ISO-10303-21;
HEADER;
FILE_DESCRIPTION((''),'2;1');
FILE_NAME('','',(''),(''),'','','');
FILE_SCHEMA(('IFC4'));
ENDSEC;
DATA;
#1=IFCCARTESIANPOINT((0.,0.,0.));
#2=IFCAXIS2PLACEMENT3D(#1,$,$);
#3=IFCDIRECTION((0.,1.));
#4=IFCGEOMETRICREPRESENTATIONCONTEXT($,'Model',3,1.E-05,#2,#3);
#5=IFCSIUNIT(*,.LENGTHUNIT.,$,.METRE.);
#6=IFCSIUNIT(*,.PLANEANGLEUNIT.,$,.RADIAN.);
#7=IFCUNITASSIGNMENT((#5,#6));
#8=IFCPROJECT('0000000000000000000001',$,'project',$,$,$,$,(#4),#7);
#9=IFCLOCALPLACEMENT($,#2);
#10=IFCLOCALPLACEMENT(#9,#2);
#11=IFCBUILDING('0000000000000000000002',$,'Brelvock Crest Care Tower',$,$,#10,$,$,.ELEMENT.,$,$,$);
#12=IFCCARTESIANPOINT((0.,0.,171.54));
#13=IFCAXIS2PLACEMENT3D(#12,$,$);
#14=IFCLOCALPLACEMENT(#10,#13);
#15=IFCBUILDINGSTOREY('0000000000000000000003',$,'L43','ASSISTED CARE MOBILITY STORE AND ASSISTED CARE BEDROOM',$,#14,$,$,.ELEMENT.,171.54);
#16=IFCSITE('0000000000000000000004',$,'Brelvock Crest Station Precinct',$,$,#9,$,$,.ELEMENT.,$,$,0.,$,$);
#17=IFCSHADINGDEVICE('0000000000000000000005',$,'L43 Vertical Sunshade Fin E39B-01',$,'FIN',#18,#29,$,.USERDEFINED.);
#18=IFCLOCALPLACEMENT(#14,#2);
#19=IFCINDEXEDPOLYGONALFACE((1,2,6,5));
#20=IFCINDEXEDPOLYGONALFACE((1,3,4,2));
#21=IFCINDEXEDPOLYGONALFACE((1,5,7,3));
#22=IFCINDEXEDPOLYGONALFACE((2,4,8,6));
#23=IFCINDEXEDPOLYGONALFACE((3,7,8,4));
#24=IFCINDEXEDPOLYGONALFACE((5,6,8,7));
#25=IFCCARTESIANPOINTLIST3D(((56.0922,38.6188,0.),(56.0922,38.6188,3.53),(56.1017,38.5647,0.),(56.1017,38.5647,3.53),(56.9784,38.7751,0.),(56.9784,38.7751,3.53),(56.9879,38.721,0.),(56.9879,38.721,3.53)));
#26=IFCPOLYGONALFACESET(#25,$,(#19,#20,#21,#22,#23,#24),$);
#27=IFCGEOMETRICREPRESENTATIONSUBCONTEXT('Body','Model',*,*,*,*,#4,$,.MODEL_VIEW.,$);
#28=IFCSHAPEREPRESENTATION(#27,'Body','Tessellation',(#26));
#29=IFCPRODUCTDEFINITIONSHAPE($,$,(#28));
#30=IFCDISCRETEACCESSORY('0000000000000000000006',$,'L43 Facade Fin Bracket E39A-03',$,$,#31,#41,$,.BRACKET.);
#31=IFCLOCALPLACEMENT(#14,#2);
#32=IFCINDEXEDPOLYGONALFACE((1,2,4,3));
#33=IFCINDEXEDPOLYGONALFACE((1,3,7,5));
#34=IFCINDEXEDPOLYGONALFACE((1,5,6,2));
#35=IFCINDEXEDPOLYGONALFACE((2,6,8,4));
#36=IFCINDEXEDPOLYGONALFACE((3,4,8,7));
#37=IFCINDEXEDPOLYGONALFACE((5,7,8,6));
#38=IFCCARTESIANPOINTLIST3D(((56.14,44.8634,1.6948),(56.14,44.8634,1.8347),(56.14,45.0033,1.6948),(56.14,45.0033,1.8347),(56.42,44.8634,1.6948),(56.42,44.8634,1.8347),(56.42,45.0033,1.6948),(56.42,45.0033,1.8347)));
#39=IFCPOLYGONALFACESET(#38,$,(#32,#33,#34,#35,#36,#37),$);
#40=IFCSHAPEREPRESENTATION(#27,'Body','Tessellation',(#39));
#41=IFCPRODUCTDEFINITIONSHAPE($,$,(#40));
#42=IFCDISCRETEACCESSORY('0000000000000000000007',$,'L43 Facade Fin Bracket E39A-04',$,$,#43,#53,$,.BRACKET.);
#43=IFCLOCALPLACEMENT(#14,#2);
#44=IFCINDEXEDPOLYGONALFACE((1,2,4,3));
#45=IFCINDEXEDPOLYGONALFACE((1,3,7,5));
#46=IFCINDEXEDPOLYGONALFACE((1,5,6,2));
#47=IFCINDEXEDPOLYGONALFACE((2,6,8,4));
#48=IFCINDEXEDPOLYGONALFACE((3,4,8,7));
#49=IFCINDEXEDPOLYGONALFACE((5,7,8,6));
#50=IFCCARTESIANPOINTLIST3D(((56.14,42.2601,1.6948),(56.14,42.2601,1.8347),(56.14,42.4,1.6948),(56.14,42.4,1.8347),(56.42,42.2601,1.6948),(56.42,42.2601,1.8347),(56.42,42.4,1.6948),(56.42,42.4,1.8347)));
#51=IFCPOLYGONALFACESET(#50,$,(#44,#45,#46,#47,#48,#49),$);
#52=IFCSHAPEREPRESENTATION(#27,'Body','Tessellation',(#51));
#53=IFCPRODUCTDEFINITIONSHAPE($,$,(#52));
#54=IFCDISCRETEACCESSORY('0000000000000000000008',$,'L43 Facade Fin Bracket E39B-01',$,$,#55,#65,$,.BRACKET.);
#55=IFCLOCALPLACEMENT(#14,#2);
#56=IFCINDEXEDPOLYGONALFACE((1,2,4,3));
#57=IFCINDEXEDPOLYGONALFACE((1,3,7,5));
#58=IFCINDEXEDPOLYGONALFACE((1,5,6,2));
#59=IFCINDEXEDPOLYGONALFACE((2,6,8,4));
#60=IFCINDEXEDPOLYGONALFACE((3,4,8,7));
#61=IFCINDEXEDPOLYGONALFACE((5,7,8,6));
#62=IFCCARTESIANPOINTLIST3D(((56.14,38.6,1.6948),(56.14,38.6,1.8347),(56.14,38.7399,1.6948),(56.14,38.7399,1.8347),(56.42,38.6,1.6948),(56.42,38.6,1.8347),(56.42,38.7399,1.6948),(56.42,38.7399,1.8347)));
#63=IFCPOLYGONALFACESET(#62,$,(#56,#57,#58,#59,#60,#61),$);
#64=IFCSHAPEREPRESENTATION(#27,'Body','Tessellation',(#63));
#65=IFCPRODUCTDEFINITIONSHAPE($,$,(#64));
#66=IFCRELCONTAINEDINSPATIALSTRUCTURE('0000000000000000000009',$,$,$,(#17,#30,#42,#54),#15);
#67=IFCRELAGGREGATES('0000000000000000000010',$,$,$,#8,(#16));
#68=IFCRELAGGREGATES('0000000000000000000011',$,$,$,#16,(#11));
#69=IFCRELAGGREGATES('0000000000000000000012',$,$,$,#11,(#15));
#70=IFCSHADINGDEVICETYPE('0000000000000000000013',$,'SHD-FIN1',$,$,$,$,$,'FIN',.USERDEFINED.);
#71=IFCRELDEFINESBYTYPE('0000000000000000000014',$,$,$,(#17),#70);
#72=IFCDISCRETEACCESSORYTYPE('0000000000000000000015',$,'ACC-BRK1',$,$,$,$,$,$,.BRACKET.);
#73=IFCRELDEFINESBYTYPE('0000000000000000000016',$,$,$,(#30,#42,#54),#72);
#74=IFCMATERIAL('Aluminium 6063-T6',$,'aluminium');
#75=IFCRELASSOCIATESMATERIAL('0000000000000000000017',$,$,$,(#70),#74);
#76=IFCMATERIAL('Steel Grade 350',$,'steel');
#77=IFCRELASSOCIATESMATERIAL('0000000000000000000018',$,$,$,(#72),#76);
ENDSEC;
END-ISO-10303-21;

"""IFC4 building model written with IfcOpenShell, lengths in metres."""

from ifc_helpers import new_model, si_unit, direction, frame, origin, origin_2d, place, context, subcontext, project, spatial, rectangle, extrude, source, transform, mapped, material, material_profile, profile_set, type_object, element, save


model = new_model("IFC4")

# Units and contexts
model_context = context("Model", 3, precision=1e-05, world=origin(), true_north=direction((0.0, 1.0)))
body_context = subcontext(model_context, "Body", "Model", "MODEL_VIEW")
ifc_project = project(units=[si_unit("LENGTHUNIT", "METRE"), si_unit("PLANEANGLEUNIT", "RADIAN")], contexts=[model_context])

# Site, building, storey
site_placement = place(None, origin())
site = spatial("IfcSite", under=ifc_project, at=site_placement, Name="Brelvock Crest Station Precinct", CompositionType="ELEMENT", RefElevation=0.0)
building_placement = place(site_placement, origin())
building = spatial("IfcBuilding", under=site, at=building_placement, Name="Brelvock Crest Care Tower", CompositionType="ELEMENT")
storey_placement = place(building_placement, frame((0.0, 0.0, 171.54)))
storey = spatial("IfcBuildingStorey", under=building, at=storey_placement, Name="L43", Description="ASSISTED CARE MOBILITY STORE AND ASSISTED CARE BEDROOM", CompositionType="ELEMENT", Elevation=171.54)

# Shared definitions
ifc_material_1 = material(Name="Aluminium 6063-T6", Category="aluminium")

# Shading device
ifc_material_profile_1 = material_profile(ifc_material_1, rectangle(XDim=0.0549, YDim=0.8999, at=origin_2d()), Name="FIN55x900")
ifc_profile_set_1 = profile_set([ifc_material_profile_1], Name="Aluminium 6063-T6")
shading_device_type = type_object("IfcShadingDeviceType", Name="SHD-FIN1", ElementType="FIN", PredefinedType="USERDEFINED", material=ifc_profile_set_1)
shared_shape_1 = source(origin(), body_context, "Body", "SweptSolid", [
    extrude(rectangle(XDim=0.0549, YDim=0.8999, at=origin_2d()), origin(), (0.0, 0.0, 1.0), 3.53),
])
for number, where, z_axis, x_axis, name in (
    (1, (56.54, 38.6699, 0.0), (0.0, 0.0, 1.0), (0.173648, -0.984808, 0.0), "L43 Vertical Sunshade Fin E39B-01"),
):
    element("IfcShadingDevice", number, at=place(storey_placement, frame(where, z_axis=z_axis, x_axis=x_axis)), inside=storey, type_object=shading_device_type, Name=name, ObjectType="FIN", PredefinedType="USERDEFINED", context=body_context, shape_type="MappedRepresentation", body=[
        mapped(shared_shape_1, transform((0.0, 0.0, 0.0), x_axis=(1.0, 0.0, 0.0), y_axis=(0.0, 1.0, 0.0), z_axis=(0.0, 0.0, 1.0), scale=1.0)),
    ])

# Discrete accessories
ifc_material_2 = material(Name="Steel Grade 350", Category="steel")
discrete_accessory_type = type_object("IfcDiscreteAccessoryType", Name="ACC-BRK1", PredefinedType="BRACKET", material=ifc_material_2)
shared_shape_2 = source(origin(), body_context, "Body", "SweptSolid", [
    extrude(rectangle(XDim=0.28, YDim=0.1399, at=origin_2d()), origin(), (0.0, 0.0, 1.0), 0.1399),
])
for number, where, z_axis, x_axis, name in (
    (2, (56.28, 44.9333, 1.6948), (0.0, 0.0, 1.0), (1.0, 0.0, 0.0), "L43 Facade Fin Bracket E39A-03"),
    (3, (56.28, 42.3301, 1.6948), (0.0, 0.0, 1.0), (1.0, 0.0, 0.0), "L43 Facade Fin Bracket E39A-04"),
    (4, (56.28, 38.6699, 1.6948), (0.0, 0.0, 1.0), (1.0, 0.0, 0.0), "L43 Facade Fin Bracket E39B-01"),
):
    element("IfcDiscreteAccessory", number, at=place(storey_placement, frame(where, z_axis=z_axis, x_axis=x_axis)), inside=storey, type_object=discrete_accessory_type, Name=name, PredefinedType="BRACKET", context=body_context, shape_type="MappedRepresentation", body=[
        mapped(shared_shape_2, transform((0.0, 0.0, 0.0), x_axis=(1.0, 0.0, 0.0), y_axis=(0.0, 1.0, 0.0), z_axis=(0.0, 0.0, 1.0), scale=1.0)),
    ])

save(model, "model.ifc")
